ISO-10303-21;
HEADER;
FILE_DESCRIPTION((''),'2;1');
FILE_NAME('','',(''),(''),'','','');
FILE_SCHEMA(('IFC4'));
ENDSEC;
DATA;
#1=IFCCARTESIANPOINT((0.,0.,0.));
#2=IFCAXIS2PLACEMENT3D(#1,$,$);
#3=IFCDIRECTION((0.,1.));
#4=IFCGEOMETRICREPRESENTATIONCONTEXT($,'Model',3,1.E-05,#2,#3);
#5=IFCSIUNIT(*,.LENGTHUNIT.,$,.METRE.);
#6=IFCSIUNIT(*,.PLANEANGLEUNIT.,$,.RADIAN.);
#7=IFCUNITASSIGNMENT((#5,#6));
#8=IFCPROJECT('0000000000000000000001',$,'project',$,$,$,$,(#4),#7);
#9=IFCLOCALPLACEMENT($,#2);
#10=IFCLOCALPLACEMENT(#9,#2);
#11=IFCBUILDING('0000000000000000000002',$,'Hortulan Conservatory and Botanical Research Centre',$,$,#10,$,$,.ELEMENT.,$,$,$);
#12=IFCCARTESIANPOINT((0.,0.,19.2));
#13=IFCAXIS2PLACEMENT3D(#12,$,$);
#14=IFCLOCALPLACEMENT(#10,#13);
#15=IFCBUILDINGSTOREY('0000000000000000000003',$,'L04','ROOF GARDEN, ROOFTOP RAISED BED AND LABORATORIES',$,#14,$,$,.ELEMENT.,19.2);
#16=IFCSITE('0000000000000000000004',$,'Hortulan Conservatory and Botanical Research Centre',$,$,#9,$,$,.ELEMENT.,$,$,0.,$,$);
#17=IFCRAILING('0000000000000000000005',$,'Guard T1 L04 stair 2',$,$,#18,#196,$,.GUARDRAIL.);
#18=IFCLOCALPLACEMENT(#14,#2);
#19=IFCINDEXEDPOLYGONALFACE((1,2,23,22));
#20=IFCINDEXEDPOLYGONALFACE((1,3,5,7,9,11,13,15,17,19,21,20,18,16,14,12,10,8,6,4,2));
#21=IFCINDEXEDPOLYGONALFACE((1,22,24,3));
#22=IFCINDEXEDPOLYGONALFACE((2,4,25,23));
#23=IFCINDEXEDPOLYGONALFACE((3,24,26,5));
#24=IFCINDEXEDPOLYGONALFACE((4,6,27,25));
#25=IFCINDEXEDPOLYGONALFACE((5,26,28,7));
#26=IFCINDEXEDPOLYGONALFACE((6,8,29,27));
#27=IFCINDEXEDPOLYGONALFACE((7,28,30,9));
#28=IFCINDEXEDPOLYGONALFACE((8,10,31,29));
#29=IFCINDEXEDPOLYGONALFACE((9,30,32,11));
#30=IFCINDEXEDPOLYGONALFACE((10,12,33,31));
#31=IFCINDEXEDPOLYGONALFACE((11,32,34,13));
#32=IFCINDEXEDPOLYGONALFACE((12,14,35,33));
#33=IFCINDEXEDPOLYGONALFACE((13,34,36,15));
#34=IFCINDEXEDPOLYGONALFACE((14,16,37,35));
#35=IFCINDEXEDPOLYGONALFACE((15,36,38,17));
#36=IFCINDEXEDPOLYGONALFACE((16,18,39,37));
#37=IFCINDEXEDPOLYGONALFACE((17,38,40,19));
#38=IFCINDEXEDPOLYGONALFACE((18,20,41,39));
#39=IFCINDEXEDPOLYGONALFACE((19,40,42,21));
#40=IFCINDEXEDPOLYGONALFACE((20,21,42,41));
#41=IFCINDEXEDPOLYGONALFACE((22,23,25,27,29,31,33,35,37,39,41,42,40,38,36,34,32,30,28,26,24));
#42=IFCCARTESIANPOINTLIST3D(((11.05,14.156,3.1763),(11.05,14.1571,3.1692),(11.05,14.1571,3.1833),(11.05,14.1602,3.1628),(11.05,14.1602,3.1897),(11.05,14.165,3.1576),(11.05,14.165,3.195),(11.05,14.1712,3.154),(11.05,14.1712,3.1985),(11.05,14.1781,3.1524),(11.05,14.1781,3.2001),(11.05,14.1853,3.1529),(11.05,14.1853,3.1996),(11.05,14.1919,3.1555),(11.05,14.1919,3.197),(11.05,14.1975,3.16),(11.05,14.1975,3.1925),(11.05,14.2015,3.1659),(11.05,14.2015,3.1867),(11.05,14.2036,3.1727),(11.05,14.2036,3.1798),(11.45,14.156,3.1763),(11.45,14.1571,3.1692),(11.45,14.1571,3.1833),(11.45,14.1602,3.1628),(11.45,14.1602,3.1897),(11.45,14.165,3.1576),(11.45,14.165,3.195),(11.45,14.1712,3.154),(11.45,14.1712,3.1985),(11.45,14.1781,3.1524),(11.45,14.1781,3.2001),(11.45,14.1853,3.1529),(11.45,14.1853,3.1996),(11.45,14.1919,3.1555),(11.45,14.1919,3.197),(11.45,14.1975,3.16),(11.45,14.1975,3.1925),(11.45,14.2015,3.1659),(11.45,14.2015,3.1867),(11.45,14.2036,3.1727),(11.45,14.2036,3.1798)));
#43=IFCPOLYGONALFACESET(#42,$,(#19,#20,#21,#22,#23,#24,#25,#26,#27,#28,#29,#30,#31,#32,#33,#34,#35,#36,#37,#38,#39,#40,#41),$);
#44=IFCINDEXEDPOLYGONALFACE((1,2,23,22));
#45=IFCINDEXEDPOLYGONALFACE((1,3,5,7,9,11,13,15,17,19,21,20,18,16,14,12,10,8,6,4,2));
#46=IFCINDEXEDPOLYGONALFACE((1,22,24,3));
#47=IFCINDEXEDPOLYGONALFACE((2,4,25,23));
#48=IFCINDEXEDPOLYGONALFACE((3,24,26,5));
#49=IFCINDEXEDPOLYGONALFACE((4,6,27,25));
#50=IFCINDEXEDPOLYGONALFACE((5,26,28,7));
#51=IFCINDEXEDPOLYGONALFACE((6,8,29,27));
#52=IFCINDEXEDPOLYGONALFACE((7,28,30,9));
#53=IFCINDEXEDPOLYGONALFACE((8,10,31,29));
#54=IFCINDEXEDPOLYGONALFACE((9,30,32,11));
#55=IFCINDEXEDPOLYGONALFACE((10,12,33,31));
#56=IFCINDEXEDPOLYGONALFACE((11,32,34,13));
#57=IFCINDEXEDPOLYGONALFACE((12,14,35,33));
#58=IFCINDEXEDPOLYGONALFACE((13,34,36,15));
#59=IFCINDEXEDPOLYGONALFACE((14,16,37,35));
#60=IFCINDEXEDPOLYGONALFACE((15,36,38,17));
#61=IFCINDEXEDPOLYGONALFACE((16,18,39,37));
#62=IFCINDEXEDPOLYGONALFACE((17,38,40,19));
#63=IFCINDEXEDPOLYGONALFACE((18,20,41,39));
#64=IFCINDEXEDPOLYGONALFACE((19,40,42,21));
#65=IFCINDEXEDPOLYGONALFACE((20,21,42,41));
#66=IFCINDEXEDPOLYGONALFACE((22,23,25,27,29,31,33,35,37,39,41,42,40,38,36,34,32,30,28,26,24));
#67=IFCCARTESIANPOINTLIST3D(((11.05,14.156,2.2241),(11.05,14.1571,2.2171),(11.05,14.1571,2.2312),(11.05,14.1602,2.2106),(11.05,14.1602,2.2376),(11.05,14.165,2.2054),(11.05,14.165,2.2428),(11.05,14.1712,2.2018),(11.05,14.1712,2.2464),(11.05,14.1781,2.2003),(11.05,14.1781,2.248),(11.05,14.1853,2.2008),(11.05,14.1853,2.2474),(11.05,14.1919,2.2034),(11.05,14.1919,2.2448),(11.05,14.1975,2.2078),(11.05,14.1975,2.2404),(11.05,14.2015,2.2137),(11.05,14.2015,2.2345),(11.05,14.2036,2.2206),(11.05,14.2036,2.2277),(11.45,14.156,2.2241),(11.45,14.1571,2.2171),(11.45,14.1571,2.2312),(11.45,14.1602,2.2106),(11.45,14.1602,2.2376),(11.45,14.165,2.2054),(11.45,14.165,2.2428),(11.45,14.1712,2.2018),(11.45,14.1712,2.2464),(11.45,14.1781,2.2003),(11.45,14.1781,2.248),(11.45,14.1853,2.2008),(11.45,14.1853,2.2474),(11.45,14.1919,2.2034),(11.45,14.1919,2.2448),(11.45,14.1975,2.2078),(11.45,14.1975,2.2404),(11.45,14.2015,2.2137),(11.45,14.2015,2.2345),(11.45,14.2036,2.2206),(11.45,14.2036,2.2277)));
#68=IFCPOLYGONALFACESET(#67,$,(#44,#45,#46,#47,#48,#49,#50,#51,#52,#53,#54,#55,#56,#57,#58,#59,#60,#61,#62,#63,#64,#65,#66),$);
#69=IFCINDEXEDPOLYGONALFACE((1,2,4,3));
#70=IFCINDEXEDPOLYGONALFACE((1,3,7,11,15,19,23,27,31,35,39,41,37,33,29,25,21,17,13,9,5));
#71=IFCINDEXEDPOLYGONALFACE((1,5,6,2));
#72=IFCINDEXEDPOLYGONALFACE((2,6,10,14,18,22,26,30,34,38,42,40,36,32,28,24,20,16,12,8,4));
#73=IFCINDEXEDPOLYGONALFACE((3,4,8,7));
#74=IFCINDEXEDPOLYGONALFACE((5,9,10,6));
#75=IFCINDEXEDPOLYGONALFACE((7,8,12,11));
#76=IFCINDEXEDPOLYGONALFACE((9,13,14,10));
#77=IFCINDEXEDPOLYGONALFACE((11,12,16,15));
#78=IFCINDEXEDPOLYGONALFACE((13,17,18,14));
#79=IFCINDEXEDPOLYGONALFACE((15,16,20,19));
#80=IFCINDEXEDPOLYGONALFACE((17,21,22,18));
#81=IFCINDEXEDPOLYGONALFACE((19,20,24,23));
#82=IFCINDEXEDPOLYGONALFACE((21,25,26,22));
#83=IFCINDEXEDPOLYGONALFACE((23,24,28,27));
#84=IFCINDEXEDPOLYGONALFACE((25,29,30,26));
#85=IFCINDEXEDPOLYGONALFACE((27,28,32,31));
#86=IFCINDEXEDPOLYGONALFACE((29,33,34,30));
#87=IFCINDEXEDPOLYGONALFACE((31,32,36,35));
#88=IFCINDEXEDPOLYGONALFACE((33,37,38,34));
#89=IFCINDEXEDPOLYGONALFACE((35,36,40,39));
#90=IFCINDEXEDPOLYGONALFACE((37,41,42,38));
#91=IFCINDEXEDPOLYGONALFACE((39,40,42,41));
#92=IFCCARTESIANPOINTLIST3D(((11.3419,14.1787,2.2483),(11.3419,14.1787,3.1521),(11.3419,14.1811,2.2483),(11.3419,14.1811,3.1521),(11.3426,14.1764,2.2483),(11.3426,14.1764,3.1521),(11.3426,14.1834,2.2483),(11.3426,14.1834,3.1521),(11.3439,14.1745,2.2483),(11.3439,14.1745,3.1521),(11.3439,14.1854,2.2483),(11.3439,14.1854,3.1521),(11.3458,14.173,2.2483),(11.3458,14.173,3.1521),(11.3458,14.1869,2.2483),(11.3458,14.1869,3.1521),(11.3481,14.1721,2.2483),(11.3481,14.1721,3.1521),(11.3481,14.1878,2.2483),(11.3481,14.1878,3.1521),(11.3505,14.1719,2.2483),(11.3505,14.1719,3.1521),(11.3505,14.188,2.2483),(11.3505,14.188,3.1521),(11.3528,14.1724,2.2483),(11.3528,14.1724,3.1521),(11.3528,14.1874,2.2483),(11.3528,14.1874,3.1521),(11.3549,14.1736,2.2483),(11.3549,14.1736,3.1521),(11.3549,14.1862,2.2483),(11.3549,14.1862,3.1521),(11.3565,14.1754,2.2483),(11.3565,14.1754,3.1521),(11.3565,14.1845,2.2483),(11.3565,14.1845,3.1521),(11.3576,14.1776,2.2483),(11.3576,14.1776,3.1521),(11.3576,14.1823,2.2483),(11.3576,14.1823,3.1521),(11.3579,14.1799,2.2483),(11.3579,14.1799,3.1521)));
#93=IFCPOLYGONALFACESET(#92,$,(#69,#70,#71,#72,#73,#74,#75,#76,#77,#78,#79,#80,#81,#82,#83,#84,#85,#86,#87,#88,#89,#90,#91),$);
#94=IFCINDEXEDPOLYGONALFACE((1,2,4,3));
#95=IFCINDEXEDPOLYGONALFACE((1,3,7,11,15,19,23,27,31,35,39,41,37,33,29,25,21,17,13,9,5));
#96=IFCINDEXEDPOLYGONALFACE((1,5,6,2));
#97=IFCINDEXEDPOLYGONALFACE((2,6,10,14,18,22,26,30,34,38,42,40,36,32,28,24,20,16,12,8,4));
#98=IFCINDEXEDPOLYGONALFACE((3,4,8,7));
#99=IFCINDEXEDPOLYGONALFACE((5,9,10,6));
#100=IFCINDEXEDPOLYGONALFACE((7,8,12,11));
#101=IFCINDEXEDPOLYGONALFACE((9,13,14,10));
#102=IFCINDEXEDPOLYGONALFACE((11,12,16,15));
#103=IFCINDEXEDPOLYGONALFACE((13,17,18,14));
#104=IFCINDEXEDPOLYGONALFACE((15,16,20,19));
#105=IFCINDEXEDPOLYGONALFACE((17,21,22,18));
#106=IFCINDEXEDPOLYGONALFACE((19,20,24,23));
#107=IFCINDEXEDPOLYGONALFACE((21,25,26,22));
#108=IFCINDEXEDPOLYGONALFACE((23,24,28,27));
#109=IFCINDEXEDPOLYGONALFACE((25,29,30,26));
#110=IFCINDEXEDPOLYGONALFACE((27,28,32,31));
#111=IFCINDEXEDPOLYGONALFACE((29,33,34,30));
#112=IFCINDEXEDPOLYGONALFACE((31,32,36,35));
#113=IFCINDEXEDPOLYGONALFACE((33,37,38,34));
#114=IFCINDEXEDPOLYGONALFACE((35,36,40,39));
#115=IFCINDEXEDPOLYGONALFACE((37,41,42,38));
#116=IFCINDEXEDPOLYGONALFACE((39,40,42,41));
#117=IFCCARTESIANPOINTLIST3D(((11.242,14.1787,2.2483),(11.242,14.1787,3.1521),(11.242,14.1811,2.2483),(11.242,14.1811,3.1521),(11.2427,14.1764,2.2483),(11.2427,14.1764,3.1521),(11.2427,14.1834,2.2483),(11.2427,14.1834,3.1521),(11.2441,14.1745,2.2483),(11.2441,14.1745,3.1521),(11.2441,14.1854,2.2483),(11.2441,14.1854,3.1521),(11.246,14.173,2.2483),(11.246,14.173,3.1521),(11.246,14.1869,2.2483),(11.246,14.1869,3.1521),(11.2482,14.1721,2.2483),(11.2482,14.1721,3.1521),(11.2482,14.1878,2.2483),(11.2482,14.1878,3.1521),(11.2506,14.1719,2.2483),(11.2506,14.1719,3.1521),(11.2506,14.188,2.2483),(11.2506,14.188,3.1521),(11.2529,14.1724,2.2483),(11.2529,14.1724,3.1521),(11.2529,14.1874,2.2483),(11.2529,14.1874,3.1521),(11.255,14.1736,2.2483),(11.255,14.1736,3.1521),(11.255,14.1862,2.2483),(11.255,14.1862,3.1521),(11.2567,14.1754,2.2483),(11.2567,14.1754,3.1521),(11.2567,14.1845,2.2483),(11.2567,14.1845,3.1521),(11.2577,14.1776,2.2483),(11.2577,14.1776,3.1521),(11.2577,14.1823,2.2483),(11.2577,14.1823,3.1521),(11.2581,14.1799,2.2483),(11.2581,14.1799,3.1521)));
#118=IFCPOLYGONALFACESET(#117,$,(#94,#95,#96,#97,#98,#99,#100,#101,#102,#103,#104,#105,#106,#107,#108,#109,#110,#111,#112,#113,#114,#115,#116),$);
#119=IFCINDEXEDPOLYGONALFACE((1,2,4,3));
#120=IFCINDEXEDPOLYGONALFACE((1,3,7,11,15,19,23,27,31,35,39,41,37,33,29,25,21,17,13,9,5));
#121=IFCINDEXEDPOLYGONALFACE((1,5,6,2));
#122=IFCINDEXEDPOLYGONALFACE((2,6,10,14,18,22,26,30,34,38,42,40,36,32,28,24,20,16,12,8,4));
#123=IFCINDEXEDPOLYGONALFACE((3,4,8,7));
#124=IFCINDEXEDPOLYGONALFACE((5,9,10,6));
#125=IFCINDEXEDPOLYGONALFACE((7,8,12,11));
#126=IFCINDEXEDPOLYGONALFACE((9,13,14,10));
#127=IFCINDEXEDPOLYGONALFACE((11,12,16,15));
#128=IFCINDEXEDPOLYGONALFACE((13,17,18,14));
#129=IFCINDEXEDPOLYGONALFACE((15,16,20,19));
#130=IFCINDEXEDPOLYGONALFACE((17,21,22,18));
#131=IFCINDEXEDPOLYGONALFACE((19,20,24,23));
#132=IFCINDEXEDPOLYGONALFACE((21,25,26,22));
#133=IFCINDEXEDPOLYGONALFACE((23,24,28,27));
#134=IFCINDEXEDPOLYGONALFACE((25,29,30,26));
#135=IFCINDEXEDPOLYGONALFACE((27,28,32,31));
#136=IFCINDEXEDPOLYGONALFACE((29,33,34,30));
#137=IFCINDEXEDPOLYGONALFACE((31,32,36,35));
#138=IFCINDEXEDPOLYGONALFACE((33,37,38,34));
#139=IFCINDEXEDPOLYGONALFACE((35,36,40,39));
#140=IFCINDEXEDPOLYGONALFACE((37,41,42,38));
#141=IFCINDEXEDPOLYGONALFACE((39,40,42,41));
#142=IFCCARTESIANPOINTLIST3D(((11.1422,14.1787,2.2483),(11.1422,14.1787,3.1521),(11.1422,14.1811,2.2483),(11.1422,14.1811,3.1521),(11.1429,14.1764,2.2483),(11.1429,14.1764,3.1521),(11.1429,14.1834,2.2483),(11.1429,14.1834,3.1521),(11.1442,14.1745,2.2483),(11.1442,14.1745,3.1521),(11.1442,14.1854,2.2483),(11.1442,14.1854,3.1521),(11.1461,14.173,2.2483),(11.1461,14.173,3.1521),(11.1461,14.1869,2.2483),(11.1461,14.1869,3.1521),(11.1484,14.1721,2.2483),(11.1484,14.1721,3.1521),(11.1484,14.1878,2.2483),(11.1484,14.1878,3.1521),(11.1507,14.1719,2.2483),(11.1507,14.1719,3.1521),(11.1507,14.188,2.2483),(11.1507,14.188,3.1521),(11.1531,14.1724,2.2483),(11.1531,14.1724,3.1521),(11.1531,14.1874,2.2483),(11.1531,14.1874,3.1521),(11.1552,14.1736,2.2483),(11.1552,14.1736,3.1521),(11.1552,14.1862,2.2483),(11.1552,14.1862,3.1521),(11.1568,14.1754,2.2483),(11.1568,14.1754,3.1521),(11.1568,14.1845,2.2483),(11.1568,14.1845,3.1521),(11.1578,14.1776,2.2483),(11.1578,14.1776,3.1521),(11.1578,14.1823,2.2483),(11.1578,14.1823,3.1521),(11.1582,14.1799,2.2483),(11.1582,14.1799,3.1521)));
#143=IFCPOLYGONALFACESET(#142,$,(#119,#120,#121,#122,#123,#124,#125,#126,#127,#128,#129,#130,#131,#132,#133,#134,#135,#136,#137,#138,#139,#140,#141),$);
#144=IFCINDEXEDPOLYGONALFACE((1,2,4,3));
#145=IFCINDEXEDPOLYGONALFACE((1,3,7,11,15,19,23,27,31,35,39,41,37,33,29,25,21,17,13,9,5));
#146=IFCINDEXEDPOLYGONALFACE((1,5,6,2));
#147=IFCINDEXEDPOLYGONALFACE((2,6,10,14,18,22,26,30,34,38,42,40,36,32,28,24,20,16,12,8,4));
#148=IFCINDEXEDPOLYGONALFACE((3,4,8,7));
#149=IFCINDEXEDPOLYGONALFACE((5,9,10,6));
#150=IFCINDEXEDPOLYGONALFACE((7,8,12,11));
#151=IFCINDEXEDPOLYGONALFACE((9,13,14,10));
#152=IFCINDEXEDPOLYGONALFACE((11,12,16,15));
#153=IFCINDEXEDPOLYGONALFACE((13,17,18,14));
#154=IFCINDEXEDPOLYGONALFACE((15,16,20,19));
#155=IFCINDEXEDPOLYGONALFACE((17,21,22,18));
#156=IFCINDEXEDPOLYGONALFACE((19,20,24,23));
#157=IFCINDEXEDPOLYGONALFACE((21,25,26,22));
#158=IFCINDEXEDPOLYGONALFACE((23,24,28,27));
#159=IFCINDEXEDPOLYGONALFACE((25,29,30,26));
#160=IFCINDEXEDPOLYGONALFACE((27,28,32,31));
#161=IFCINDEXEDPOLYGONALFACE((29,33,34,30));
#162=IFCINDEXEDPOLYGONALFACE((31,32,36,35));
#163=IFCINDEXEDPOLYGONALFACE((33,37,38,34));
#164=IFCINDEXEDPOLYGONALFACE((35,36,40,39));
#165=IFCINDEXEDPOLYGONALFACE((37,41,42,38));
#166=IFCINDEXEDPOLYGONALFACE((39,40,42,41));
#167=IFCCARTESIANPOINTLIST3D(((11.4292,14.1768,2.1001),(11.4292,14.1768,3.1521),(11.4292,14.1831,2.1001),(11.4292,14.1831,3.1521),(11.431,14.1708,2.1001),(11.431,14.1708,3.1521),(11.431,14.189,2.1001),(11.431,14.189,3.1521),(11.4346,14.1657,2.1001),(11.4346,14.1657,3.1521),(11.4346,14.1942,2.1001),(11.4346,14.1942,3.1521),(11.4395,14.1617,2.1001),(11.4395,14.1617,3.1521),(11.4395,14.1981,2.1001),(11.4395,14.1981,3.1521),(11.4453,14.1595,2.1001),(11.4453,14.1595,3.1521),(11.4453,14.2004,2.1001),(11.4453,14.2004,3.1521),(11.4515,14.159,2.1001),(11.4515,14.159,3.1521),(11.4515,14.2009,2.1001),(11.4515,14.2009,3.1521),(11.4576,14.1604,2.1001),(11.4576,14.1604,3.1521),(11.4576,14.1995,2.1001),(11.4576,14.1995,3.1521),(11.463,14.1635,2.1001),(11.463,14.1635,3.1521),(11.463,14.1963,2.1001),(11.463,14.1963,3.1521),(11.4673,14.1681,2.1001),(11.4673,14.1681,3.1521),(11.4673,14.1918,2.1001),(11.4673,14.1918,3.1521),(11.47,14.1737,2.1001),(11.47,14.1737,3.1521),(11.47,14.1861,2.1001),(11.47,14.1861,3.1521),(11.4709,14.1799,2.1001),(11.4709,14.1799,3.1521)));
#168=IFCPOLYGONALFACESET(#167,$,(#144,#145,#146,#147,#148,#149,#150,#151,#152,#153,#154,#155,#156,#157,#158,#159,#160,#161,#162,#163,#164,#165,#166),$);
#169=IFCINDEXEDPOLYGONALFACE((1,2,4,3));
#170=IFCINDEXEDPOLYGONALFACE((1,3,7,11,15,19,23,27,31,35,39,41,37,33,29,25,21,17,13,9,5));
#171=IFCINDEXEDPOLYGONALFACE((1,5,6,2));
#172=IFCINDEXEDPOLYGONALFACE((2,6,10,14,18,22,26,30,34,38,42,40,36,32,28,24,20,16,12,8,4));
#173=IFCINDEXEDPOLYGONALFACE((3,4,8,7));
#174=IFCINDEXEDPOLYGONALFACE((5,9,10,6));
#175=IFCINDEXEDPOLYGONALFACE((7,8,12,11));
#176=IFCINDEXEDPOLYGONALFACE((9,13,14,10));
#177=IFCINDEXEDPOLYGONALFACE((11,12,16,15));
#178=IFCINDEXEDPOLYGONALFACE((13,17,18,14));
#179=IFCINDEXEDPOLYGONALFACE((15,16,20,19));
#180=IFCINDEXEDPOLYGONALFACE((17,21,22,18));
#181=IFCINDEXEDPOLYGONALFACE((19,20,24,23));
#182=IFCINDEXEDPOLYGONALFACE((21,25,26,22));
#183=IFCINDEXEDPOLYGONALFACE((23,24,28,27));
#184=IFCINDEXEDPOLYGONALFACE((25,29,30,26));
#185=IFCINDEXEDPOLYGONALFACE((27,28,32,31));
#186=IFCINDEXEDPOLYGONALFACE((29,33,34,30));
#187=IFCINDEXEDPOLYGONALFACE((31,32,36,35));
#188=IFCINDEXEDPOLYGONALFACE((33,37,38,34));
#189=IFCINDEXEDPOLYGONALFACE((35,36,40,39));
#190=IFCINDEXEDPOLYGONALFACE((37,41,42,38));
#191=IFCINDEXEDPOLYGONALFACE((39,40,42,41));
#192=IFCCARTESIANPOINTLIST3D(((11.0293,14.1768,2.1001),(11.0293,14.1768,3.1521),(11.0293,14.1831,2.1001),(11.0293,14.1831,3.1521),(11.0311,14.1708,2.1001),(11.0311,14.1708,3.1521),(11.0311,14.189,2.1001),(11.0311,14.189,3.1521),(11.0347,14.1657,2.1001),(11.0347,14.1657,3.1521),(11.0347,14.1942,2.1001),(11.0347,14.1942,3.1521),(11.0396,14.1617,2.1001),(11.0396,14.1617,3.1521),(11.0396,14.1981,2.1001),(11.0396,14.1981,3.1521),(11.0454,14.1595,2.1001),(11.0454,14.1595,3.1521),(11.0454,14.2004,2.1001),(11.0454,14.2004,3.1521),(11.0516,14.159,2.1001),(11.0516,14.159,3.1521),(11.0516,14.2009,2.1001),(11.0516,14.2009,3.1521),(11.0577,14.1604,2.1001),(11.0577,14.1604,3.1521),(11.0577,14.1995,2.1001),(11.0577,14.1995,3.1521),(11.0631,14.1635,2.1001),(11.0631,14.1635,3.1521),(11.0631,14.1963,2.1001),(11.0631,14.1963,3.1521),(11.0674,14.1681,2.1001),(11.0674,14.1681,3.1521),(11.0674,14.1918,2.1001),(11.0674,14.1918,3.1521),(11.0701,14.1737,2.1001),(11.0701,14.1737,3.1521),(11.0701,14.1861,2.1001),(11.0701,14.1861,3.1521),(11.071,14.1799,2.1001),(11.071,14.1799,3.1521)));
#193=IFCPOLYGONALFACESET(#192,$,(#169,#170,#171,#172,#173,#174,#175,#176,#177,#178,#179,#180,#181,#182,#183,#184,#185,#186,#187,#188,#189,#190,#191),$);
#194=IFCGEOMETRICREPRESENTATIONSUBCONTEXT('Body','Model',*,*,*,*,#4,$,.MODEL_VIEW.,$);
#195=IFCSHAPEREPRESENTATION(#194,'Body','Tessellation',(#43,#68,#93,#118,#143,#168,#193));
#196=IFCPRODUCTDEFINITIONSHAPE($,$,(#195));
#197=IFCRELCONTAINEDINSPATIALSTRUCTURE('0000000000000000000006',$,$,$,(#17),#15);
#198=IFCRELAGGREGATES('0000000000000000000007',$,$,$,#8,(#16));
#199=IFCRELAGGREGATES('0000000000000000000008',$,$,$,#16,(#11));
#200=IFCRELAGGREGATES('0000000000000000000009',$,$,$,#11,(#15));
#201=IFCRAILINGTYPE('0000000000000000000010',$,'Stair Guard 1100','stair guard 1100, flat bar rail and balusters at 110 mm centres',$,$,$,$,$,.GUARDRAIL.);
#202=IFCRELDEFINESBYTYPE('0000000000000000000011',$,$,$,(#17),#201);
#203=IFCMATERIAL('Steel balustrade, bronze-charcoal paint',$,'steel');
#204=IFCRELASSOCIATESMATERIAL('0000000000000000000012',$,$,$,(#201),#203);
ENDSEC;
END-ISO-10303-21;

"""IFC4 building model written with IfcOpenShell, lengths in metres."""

from ifc_helpers import new_model, si_unit, direction, frame, origin, origin_2d, place, context, subcontext, project, spatial, circle, extrude, material, type_object, element, save


model = new_model("IFC4")

# Units and contexts
model_context = context("Model", 3, precision=1e-05, world=origin(), true_north=direction((0.0, 1.0)))
body_context = subcontext(model_context, "Body", "Model", "MODEL_VIEW")
ifc_project = project(units=[si_unit("LENGTHUNIT", "METRE"), si_unit("PLANEANGLEUNIT", "RADIAN")], contexts=[model_context])

# Site, building, storey
site_placement = place(None, origin())
site = spatial("IfcSite", under=ifc_project, at=site_placement, Name="Hortulan Conservatory and Botanical Research Centre", CompositionType="ELEMENT", RefElevation=0.0)
building_placement = place(site_placement, origin())
building = spatial("IfcBuilding", under=site, at=building_placement, Name="Hortulan Conservatory and Botanical Research Centre", CompositionType="ELEMENT")
storey_placement = place(building_placement, frame((0.0, 0.0, 19.2)))
storey = spatial("IfcBuildingStorey", under=building, at=storey_placement, Name="L04", Description="ROOF GARDEN, ROOFTOP RAISED BED AND LABORATORIES", CompositionType="ELEMENT", Elevation=19.2)

# Railing
ifc_material_1 = material(Name="Steel balustrade, bronze-charcoal paint", Category="steel")
railing_type_1 = type_object("IfcRailingType", Name="Stair Guard 1100", Description="stair guard 1100, flat bar rail and balusters at 110 mm centres", PredefinedType="GUARDRAIL", material=ifc_material_1)
railing_1_placement = place(storey_placement, frame((11.45, 14.1799, 2.1001)))
element("IfcRailing", 1, at=railing_1_placement, inside=storey, type_object=railing_type_1, Name="Guard T1 L04 stair 2", PredefinedType="GUARDRAIL", context=body_context, shape_type="SweptSolid", body=[
    extrude(circle(Radius=0.0239, at=origin_2d()), frame((0.0, 0.0, 1.0762), z_axis=(-1.0, 0.0, 0.0), x_axis=(0.0, -1.0, 0.0)), (0.0, 0.0, 1.0), 0.3999),
    extrude(circle(Radius=0.0239, at=origin_2d()), frame((0.0, 0.0, 0.124), z_axis=(-1.0, 0.0, 0.0), x_axis=(0.0, -1.0, 0.0)), (0.0, 0.0, 1.0), 0.3999),
    extrude(circle(Radius=0.0081, at=origin_2d()), frame((-0.1001, 0.0, 0.1482)), (0.0, 0.0, 1.0), 0.9038),
    extrude(circle(Radius=0.0081, at=origin_2d()), frame((-0.2, 0.0, 0.1482)), (0.0, 0.0, 1.0), 0.9038),
    extrude(circle(Radius=0.0081, at=origin_2d()), frame((-0.2998, 0.0, 0.1482)), (0.0, 0.0, 1.0), 0.9038),
    extrude(circle(Radius=0.021, at=origin_2d()), origin(), (0.0, 0.0, 1.0), 1.052),
    extrude(circle(Radius=0.021, at=origin_2d()), frame((-0.3999, 0.0, 0.0)), (0.0, 0.0, 1.0), 1.052),
])

save(model, "model.ifc")
